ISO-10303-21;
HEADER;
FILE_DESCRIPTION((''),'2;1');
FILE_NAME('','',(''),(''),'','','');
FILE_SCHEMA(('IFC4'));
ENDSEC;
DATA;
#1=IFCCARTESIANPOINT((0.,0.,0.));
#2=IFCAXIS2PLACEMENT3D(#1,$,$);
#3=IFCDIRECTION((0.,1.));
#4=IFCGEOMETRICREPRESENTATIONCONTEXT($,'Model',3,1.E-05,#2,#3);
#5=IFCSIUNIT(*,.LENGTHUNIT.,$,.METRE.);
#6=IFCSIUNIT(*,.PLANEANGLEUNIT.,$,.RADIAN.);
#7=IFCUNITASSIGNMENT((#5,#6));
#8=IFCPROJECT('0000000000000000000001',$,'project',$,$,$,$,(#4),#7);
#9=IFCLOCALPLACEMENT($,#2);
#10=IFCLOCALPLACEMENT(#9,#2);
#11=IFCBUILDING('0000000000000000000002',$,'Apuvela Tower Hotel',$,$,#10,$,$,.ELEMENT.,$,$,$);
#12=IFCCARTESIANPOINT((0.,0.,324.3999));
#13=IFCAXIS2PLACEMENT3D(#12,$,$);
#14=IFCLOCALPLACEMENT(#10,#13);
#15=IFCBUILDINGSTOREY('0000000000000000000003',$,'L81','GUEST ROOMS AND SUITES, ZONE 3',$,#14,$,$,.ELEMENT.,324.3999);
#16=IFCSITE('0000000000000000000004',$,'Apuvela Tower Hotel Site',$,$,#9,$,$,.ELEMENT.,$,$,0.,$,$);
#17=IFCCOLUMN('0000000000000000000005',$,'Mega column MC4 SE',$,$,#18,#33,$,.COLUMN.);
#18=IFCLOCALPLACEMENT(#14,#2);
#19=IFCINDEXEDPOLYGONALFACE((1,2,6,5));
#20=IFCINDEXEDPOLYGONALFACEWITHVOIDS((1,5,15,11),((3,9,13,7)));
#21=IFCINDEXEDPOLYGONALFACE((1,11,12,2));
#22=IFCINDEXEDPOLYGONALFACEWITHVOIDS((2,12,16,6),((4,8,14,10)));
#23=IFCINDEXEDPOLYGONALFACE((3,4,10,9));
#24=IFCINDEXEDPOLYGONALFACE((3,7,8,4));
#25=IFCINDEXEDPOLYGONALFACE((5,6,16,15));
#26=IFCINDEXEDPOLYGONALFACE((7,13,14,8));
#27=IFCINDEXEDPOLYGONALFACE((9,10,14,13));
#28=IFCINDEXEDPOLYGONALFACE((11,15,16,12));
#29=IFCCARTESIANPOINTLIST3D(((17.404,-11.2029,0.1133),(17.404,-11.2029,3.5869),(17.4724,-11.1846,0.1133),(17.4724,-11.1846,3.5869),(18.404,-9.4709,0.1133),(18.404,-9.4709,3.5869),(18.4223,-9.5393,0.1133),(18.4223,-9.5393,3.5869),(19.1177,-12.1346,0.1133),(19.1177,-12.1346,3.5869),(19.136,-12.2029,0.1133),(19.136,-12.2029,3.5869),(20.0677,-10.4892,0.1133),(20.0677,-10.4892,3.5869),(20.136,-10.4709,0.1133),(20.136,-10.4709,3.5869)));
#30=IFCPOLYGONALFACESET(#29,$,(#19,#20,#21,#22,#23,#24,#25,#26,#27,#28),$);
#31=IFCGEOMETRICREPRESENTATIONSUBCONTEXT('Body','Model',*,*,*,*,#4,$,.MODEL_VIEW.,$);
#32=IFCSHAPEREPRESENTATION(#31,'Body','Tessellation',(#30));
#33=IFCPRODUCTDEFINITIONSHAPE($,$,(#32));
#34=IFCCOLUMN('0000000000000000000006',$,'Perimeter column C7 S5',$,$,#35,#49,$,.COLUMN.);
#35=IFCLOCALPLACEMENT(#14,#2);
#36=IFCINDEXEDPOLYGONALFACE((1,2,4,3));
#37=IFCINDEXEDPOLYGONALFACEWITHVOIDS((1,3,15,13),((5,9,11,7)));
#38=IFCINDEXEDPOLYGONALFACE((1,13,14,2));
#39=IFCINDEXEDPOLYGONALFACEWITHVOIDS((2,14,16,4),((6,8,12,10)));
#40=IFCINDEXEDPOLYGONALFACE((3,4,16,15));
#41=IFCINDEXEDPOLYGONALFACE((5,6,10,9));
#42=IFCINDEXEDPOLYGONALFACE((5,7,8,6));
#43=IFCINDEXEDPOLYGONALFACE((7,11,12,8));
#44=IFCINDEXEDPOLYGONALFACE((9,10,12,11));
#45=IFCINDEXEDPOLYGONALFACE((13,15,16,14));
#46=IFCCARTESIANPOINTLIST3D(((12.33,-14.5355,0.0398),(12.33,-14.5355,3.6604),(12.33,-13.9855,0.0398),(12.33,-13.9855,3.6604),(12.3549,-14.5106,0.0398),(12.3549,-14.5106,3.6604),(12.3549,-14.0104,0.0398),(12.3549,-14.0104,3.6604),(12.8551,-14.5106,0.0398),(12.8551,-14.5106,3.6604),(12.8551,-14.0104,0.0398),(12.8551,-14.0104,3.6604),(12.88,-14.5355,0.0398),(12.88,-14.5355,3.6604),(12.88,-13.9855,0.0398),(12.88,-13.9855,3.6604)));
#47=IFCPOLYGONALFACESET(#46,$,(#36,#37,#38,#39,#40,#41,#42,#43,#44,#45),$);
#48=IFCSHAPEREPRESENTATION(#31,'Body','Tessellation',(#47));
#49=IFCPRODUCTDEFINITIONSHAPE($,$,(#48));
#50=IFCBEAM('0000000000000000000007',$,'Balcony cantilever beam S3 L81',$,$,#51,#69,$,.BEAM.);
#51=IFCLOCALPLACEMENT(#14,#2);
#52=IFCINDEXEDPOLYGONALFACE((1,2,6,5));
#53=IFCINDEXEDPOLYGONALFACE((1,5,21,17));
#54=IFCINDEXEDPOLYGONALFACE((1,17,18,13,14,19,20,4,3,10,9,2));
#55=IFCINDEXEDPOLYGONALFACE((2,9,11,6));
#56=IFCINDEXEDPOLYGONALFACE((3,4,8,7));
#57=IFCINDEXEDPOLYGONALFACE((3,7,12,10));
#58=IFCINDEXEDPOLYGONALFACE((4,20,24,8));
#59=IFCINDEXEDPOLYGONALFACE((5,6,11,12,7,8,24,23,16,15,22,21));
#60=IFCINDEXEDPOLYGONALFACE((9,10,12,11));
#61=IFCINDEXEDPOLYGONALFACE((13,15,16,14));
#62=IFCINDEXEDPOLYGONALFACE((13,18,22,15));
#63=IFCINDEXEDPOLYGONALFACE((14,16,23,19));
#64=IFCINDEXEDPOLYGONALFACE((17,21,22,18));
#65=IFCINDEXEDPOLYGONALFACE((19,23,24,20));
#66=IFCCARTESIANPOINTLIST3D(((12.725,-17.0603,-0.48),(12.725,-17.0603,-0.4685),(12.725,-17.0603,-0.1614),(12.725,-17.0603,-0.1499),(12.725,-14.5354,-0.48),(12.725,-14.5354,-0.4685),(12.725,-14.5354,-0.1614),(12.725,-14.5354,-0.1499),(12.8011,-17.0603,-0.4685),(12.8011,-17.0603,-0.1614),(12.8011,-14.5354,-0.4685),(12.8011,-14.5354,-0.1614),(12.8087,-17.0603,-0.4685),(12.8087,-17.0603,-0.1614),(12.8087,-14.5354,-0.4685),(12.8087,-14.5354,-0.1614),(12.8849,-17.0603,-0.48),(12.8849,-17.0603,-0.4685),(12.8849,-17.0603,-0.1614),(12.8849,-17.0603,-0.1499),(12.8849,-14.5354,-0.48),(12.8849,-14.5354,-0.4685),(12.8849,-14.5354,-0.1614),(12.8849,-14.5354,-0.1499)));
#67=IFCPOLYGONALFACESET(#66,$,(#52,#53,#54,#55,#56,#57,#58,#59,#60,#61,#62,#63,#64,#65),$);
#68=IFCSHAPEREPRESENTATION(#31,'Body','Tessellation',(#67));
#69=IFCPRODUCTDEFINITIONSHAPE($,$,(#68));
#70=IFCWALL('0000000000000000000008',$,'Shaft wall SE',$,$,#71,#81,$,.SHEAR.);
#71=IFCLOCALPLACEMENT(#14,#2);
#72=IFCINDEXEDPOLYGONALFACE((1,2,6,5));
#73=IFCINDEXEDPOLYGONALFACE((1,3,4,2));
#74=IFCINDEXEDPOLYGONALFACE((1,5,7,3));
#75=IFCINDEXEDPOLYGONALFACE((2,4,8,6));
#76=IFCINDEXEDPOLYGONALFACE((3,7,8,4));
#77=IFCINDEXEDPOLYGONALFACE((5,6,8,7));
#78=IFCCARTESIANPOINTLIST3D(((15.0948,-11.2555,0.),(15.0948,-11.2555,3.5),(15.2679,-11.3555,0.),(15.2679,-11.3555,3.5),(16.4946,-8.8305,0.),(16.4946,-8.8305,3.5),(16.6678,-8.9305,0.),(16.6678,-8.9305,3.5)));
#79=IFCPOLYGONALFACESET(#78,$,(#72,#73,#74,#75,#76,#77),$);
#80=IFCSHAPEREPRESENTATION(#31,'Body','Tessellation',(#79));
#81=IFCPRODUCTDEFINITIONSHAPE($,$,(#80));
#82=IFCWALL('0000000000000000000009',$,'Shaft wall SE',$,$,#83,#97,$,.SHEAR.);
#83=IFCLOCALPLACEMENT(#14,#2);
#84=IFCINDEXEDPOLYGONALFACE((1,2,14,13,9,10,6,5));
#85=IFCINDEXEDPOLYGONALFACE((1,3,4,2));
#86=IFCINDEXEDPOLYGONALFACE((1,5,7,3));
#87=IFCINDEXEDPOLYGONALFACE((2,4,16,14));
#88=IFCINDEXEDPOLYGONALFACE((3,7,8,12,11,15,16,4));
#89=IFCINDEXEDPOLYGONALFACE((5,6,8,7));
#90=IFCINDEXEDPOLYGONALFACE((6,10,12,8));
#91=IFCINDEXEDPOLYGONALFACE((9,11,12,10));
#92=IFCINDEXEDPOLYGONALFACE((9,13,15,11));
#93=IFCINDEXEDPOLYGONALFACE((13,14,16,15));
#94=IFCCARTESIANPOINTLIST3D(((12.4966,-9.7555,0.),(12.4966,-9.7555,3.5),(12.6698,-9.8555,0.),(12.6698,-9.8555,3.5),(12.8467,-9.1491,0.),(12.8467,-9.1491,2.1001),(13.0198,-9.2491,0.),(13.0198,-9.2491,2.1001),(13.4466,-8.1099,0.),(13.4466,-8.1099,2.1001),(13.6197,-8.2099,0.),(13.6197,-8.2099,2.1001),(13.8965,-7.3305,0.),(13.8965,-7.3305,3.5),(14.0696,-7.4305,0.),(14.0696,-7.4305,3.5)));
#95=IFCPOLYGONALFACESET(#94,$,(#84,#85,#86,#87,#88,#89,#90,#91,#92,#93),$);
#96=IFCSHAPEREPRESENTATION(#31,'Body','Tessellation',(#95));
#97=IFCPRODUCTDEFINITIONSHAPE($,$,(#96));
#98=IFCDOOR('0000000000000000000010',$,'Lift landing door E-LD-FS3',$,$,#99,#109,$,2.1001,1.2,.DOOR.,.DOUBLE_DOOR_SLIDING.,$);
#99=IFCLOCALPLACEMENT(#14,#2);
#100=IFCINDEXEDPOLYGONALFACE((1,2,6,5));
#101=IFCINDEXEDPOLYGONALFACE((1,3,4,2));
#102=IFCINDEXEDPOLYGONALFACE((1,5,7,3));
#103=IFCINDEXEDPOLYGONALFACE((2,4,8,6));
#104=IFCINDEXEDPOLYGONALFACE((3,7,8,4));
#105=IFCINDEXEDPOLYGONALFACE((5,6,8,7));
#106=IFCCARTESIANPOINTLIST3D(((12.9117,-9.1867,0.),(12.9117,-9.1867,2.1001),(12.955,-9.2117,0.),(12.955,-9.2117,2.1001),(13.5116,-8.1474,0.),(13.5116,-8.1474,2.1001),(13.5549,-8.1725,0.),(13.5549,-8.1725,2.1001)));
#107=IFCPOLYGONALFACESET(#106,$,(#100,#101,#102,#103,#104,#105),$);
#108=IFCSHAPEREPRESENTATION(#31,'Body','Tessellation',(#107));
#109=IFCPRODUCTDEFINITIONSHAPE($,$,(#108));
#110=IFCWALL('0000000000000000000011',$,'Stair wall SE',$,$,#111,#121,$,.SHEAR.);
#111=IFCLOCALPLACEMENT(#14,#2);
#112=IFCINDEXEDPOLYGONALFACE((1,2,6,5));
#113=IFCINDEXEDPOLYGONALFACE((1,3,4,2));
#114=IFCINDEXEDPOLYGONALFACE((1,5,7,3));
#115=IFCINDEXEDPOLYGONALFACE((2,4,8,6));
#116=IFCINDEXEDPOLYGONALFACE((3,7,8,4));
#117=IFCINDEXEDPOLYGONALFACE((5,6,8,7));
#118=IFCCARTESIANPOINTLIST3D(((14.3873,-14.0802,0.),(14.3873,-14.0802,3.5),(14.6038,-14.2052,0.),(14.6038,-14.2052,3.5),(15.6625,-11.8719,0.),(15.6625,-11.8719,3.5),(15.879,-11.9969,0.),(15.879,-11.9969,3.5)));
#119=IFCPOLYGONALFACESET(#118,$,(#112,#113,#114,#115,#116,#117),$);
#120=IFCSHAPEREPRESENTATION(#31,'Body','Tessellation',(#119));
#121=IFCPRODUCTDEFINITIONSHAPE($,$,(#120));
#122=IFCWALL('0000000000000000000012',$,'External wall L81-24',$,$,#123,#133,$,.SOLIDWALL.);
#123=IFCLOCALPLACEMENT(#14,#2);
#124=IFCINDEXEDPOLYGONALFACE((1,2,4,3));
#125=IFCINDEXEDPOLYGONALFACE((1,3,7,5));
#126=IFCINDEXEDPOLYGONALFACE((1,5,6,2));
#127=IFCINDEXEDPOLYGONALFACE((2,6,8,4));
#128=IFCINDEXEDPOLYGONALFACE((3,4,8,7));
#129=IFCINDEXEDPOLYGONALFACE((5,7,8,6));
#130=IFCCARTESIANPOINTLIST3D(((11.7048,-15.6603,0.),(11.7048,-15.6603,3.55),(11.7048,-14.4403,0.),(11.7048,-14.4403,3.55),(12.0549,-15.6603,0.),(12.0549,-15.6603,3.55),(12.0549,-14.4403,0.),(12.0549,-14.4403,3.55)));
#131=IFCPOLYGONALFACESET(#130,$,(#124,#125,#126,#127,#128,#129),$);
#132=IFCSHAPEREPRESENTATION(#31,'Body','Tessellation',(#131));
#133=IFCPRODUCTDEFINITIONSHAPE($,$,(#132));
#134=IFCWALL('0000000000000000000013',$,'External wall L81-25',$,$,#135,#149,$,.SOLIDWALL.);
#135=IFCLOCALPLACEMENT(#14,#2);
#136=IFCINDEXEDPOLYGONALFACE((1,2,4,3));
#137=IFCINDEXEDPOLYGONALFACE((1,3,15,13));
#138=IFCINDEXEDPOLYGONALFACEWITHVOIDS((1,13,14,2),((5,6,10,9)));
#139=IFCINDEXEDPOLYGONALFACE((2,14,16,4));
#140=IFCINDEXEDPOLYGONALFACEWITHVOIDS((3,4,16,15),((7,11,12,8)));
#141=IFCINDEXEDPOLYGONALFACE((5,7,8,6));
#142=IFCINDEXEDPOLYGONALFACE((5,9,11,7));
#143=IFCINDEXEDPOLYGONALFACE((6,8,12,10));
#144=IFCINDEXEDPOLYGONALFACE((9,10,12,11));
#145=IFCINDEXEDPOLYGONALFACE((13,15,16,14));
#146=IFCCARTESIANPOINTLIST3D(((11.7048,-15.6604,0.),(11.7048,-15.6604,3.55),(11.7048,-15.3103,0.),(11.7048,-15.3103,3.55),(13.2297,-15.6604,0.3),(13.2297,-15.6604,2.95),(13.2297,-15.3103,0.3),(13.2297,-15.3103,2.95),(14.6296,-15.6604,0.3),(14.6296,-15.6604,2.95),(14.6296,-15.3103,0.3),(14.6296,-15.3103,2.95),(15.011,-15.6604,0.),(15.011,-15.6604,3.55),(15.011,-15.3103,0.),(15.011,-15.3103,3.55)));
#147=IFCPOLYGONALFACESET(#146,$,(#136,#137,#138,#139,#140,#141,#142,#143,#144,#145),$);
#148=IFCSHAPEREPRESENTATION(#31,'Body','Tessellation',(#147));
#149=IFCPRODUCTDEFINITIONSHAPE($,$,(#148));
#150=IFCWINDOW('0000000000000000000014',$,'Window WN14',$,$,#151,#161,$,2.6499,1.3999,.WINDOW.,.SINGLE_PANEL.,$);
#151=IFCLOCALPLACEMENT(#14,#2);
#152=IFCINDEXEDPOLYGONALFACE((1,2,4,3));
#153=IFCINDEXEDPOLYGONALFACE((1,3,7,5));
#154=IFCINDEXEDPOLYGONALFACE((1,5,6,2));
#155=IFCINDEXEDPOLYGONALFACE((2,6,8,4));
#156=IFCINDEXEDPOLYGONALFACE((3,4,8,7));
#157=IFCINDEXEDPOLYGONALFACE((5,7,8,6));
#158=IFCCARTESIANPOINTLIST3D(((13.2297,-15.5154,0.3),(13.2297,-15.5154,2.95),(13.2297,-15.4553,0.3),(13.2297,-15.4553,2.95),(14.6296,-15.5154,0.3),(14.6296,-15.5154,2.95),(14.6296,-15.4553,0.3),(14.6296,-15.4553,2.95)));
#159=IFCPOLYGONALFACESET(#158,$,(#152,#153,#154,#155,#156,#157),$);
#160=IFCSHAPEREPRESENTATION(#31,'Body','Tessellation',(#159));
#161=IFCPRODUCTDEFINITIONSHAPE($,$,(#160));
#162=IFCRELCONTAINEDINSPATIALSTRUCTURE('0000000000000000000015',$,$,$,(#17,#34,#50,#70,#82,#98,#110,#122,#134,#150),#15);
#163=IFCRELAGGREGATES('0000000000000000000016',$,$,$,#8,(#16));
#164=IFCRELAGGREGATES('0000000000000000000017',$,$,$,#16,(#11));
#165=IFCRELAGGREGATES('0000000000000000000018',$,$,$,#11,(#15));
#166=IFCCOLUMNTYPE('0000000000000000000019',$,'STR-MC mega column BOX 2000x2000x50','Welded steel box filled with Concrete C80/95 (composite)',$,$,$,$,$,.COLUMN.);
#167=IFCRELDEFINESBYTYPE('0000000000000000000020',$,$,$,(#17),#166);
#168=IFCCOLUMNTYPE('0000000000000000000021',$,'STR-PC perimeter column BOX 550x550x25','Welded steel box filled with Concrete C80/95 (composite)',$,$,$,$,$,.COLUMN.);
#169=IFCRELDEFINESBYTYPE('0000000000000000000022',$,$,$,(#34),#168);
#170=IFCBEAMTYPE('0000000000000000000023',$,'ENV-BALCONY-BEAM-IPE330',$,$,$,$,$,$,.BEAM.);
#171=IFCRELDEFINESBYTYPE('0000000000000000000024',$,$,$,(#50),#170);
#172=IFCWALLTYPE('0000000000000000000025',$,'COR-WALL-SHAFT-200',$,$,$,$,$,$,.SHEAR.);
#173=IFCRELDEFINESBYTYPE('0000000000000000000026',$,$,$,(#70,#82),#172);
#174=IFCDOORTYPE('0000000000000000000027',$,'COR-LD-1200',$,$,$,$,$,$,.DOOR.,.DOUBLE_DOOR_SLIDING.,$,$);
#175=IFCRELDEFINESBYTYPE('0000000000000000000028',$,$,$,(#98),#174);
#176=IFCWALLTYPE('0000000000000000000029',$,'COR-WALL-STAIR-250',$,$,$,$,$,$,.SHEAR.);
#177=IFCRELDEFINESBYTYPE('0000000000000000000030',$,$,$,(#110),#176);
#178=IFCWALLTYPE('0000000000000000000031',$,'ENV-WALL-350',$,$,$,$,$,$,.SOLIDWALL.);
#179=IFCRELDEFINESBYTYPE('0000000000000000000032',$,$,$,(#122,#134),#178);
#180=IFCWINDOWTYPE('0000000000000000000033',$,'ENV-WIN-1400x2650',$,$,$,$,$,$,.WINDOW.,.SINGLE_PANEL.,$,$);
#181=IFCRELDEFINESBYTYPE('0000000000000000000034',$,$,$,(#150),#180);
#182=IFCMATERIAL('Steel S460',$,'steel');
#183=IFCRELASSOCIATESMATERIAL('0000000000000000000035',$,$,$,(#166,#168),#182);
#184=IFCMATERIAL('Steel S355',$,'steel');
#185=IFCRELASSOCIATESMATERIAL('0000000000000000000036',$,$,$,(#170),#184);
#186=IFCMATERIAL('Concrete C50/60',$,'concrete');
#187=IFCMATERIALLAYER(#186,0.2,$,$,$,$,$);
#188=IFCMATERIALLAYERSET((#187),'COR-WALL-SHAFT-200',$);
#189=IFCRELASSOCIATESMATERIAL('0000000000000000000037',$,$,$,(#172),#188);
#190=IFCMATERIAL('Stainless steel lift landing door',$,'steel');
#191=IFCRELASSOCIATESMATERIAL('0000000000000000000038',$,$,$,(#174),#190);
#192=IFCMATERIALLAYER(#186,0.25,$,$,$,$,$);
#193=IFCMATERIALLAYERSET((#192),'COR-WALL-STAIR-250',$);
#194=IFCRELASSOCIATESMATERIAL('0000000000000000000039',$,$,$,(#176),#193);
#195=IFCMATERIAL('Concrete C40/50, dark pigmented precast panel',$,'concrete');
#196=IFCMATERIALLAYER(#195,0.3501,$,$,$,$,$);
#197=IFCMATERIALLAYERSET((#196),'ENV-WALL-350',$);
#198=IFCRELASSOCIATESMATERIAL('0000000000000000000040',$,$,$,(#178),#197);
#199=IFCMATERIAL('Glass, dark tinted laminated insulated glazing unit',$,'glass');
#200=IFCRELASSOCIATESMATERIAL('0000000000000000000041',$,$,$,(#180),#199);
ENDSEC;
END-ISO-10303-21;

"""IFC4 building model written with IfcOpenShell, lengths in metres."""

from ifc_helpers import new_model, si_unit, direction, frame, frame_2d, origin, origin_2d, place, context, subcontext, project, spatial, rectangle, hollow_rectangle, i_section, extrude, boolean, halfspace, material, layer, layer_set, material_profile, profile_set, type_object, element, fill, save


model = new_model("IFC4")

# Units and contexts
model_context = context("Model", 3, precision=1e-05, world=origin(), true_north=direction((0.0, 1.0)))
body_context = subcontext(model_context, "Body", "Model", "MODEL_VIEW")
ifc_project = project(units=[si_unit("LENGTHUNIT", "METRE"), si_unit("PLANEANGLEUNIT", "RADIAN")], contexts=[model_context])

# Site, building, storey
site_placement = place(None, origin())
site = spatial("IfcSite", under=ifc_project, at=site_placement, Name="Apuvela Tower Hotel Site", CompositionType="ELEMENT", RefElevation=0.0)
building_placement = place(site_placement, origin())
building = spatial("IfcBuilding", under=site, at=building_placement, Name="Apuvela Tower Hotel", CompositionType="ELEMENT")
storey_placement = place(building_placement, frame((0.0, 0.0, 324.3999)))
storey = spatial("IfcBuildingStorey", under=building, at=storey_placement, Name="L81", Description="GUEST ROOMS AND SUITES, ZONE 3", CompositionType="ELEMENT", Elevation=324.3999)

# Columns
ifc_material_1 = material(Name="Steel S460", Category="steel")
ifc_material_profile_1 = material_profile(ifc_material_1, hollow_rectangle(XDim=2.0, YDim=2.0, WallThickness=0.05, at=origin_2d()), Name="BOX 2000x2000x50")
ifc_material_2 = material(Name="Concrete C80/95", Category="concrete")
ifc_material_profile_2 = material_profile(ifc_material_2, rectangle(XDim=1.8999, YDim=1.8999, at=origin_2d()), Name="Concrete C80/95 infill")
ifc_profile_set_1 = profile_set([ifc_material_profile_1, ifc_material_profile_2], Name="Steel S460")
column_type_1 = type_object("IfcColumnType", Name="STR-MC mega column BOX 2000x2000x50", Description="Welded steel box filled with Concrete C80/95 (composite)", PredefinedType="COLUMN", material=ifc_profile_set_1)
column_1_placement = place(storey_placement, frame((18.77, -10.8369, 0.0), z_axis=(0.0, 0.0, 1.0), x_axis=(0.5, 0.866025, 0.0)))
element("IfcColumn", 1, at=column_1_placement, inside=storey, type_object=column_type_1, Name="Mega column MC4 SE", PredefinedType="COLUMN", context=body_context, shape_type="SweptSolid", body=[
    boolean("DIFFERENCE", boolean("DIFFERENCE", extrude(hollow_rectangle(XDim=2.0, YDim=2.0, WallThickness=0.05, at=origin_2d()), origin(), (0.0, 0.0, 1.0), 3.7002), halfspace(frame((0.0, 0.0, 0.1133), z_axis=(0.0, 0.0, 1.0), x_axis=(1.0, 0.0, 0.0)), True)), halfspace(frame((0.0, 0.0, 3.5869), z_axis=(0.0, 0.0, 1.0), x_axis=(1.0, 0.0, 0.0)), False)),
])
ifc_material_profile_3 = material_profile(ifc_material_1, hollow_rectangle(XDim=0.55, YDim=0.55, WallThickness=0.0249, at=origin_2d()), Name="BOX 550x550x25")
ifc_material_profile_4 = material_profile(ifc_material_2, rectangle(XDim=0.5, YDim=0.5, at=origin_2d()), Name="Concrete C80/95 infill")
ifc_profile_set_2 = profile_set([ifc_material_profile_3, ifc_material_profile_4], Name="Steel S460")
column_type_2 = type_object("IfcColumnType", Name="STR-PC perimeter column BOX 550x550x25", Description="Welded steel box filled with Concrete C80/95 (composite)", PredefinedType="COLUMN", material=ifc_profile_set_2)
column_2_placement = place(storey_placement, frame((12.605, -14.2605, 0.0), z_axis=(0.0, 0.0, 1.0), x_axis=(-1.0, 0.0, 0.0)))
element("IfcColumn", 2, at=column_2_placement, inside=storey, type_object=column_type_2, Name="Perimeter column C7 S5", PredefinedType="COLUMN", context=body_context, shape_type="SweptSolid", body=[
    boolean("DIFFERENCE", boolean("DIFFERENCE", extrude(hollow_rectangle(XDim=0.55, YDim=0.55, WallThickness=0.0249, at=origin_2d()), origin(), (0.0, 0.0, 1.0), 3.7002), halfspace(frame((0.0, 0.0, 0.0398), z_axis=(0.0, 0.0, 1.0), x_axis=(1.0, 0.0, 0.0)), True)), halfspace(frame((0.0, 0.0, 3.6604), z_axis=(0.0, 0.0, 1.0), x_axis=(1.0, 0.0, 0.0)), False)),
])

# Beam
ifc_material_3 = material(Name="Steel S355", Category="steel")
ifc_material_profile_5 = material_profile(ifc_material_3, i_section(OverallWidth=0.1599, OverallDepth=0.3301, WebThickness=0.0076, FlangeThickness=0.0115, at=origin_2d()), Name="IPE 330")
ifc_profile_set_3 = profile_set([ifc_material_profile_5], Name="Steel S355")
beam_type = type_object("IfcBeamType", Name="ENV-BALCONY-BEAM-IPE330", PredefinedType="BEAM", material=ifc_profile_set_3)
beam_placement = place(storey_placement, frame((12.8049, -14.5354, -0.3149), z_axis=(0.0, -1.0, 0.0), x_axis=(1.0, 0.0, 0.0)))
element("IfcBeam", 3, at=beam_placement, inside=storey, type_object=beam_type, Name="Balcony cantilever beam S3 L81", PredefinedType="BEAM", context=body_context, shape_type="SweptSolid", body=[
    extrude(i_section(OverallWidth=0.1599, OverallDepth=0.3301, WebThickness=0.0076, FlangeThickness=0.0115, at=origin_2d()), origin(), (0.0, 0.0, 1.0), 2.5249),
])

# Wall
ifc_material_4 = material(Name="Concrete C50/60", Category="concrete")
ifc_layer_1 = layer(ifc_material_4, 0.2)
ifc_layer_set_1 = layer_set([ifc_layer_1], Name="COR-WALL-SHAFT-200")
wall_type_1 = type_object("IfcWallType", Name="COR-WALL-SHAFT-200", PredefinedType="SHEAR", material=ifc_layer_set_1)
wall_1_placement = place(storey_placement, frame((15.1814, -11.3054, 0.0), z_axis=(0.0, 0.0, 1.0), x_axis=(0.499946, 0.866056, 0.0)))
element("IfcWall", 4, at=wall_1_placement, inside=storey, type_object=wall_type_1, Name="Shaft wall SE", PredefinedType="SHEAR", context=body_context, shape_type="SweptSolid", body=[
    extrude(rectangle(XDim=2.8, YDim=0.2, at=frame_2d((1.3999, 0.0))), origin(), (0.0, 0.0, 1.0), 3.5),
])

# Wall, opening, door
wall_2_placement = place(storey_placement, frame((12.5833, -9.8054, 0.0), z_axis=(0.0, 0.0, 1.0), x_axis=(0.499946, 0.866056, 0.0)))
wall_2 = element("IfcWall", 5, at=wall_2_placement, inside=storey, type_object=wall_type_1, Name="Shaft wall SE", PredefinedType="SHEAR", context=body_context, shape_type="SweptSolid", body=[
    extrude(rectangle(XDim=2.8, YDim=0.2, at=frame_2d((1.3999, 0.0))), origin(), (0.0, 0.0, 1.0), 3.5),
])
opening_1_placement = place(wall_2_placement, frame((0.7, 0.0, 0.0)))
opening_1 = element("IfcOpeningElement", 6, at=opening_1_placement, cuts=wall_2, PredefinedType="OPENING", context=body_context, shape_type="SweptSolid", body=[
    extrude(rectangle(XDim=1.2, YDim=2.1001, at=frame_2d((0.6001, 1.05))), frame((0.0, 0.1099, 0.0), z_axis=(0.0, -1.0, 0.0), x_axis=(1.0, 0.0, 0.0)), (0.0, 0.0, 1.0), 0.22),
])
ifc_material_5 = material(Name="Stainless steel lift landing door", Category="steel")
door_type = type_object("IfcDoorType", Name="COR-LD-1200", OperationType="DOUBLE_DOOR_SLIDING", PredefinedType="DOOR", material=ifc_material_5)
door_placement = place(opening_1_placement, origin())
door = element("IfcDoor", 7, at=door_placement, inside=storey, type_object=door_type, Name="Lift landing door E-LD-FS3", OperationType="DOUBLE_DOOR_SLIDING", OverallHeight=2.1001, OverallWidth=1.2, PredefinedType="DOOR", context=body_context, shape_type="SweptSolid", body=[
    extrude(rectangle(XDim=1.2, YDim=2.1001, at=frame_2d((0.6001, 1.05))), frame((0.0, 0.0249, 0.0), z_axis=(0.0, -1.0, 0.0), x_axis=(1.0, 0.0, 0.0)), (0.0, 0.0, 1.0), 0.05),
])
fill(opening_1, door)

# Walls
ifc_layer_2 = layer(ifc_material_4, 0.25)
ifc_layer_set_2 = layer_set([ifc_layer_2], Name="COR-WALL-STAIR-250")
wall_type_2 = type_object("IfcWallType", Name="COR-WALL-STAIR-250", PredefinedType="SHEAR", material=ifc_layer_set_2)
wall_3_placement = place(storey_placement, frame((14.4956, -14.1426, 0.0), z_axis=(0.0, 0.0, 1.0), x_axis=(0.500062, 0.865989, 0.0)))
element("IfcWall", 8, at=wall_3_placement, inside=storey, type_object=wall_type_2, Name="Stair wall SE", PredefinedType="SHEAR", context=body_context, shape_type="SweptSolid", body=[
    extrude(rectangle(XDim=2.55, YDim=0.25, at=frame_2d((1.2749, 0.0))), origin(), (0.0, 0.0, 1.0), 3.5),
])
ifc_material_6 = material(Name="Concrete C40/50, dark pigmented precast panel", Category="concrete")
ifc_layer_3 = layer(ifc_material_6, 0.3501)
ifc_layer_set_3 = layer_set([ifc_layer_3], Name="ENV-WALL-350")
wall_type_3 = type_object("IfcWallType", Name="ENV-WALL-350", PredefinedType="SOLIDWALL", material=ifc_layer_set_3)
wall_4_placement = place(storey_placement, frame((11.8799, -14.4404, 0.0), z_axis=(0.0, 0.0, 1.0), x_axis=(0.0, -1.0, 0.0)))
element("IfcWall", 9, at=wall_4_placement, inside=storey, type_object=wall_type_3, Name="External wall L81-24", PredefinedType="SOLIDWALL", context=body_context, shape_type="SweptSolid", body=[
    extrude(rectangle(XDim=1.22, YDim=0.3501, at=frame_2d((0.6099, 0.0))), origin(), (0.0, 0.0, 1.0), 3.55),
])

# Wall, opening, window
wall_5_placement = place(storey_placement, frame((11.7048, -15.4854, 0.0), z_axis=(0.0, 0.0, 1.0), x_axis=(1.0, 0.0, 0.0)))
wall_5 = element("IfcWall", 10, at=wall_5_placement, inside=storey, type_object=wall_type_3, Name="External wall L81-25", PredefinedType="SOLIDWALL", context=body_context, shape_type="SweptSolid", body=[
    extrude(rectangle(XDim=3.3062, YDim=0.3501, at=frame_2d((1.6531, 0.0))), origin(), (0.0, 0.0, 1.0), 3.55),
])
opening_2_placement = place(wall_5_placement, frame((1.5249, 0.0, 0.3)))
opening_2 = element("IfcOpeningElement", 11, at=opening_2_placement, cuts=wall_5, PredefinedType="OPENING", context=body_context, shape_type="SweptSolid", body=[
    extrude(rectangle(XDim=1.3999, YDim=2.6499, at=frame_2d((0.7, 1.325))), frame((0.0, 0.1851, 0.0), z_axis=(0.0, -1.0, 0.0), x_axis=(1.0, 0.0, 0.0)), (0.0, 0.0, 1.0), 0.3701),
])
ifc_material_7 = material(Name="Glass, dark tinted laminated insulated glazing unit", Category="glass")
window_type = type_object("IfcWindowType", Name="ENV-WIN-1400x2650", PartitioningType="SINGLE_PANEL", PredefinedType="WINDOW", material=ifc_material_7)
window_placement = place(opening_2_placement, origin())
window = element("IfcWindow", 12, at=window_placement, inside=storey, type_object=window_type, Name="Window WN14", OverallHeight=2.6499, OverallWidth=1.3999, PartitioningType="SINGLE_PANEL", PredefinedType="WINDOW", context=body_context, shape_type="SweptSolid", body=[
    extrude(rectangle(XDim=1.3999, YDim=2.6499, at=frame_2d((0.7, 1.325))), frame((0.0, 0.03, 0.0), z_axis=(0.0, -1.0, 0.0), x_axis=(1.0, 0.0, 0.0)), (0.0, 0.0, 1.0), 0.0601),
])
fill(opening_2, window)

save(model, "model.ifc")
